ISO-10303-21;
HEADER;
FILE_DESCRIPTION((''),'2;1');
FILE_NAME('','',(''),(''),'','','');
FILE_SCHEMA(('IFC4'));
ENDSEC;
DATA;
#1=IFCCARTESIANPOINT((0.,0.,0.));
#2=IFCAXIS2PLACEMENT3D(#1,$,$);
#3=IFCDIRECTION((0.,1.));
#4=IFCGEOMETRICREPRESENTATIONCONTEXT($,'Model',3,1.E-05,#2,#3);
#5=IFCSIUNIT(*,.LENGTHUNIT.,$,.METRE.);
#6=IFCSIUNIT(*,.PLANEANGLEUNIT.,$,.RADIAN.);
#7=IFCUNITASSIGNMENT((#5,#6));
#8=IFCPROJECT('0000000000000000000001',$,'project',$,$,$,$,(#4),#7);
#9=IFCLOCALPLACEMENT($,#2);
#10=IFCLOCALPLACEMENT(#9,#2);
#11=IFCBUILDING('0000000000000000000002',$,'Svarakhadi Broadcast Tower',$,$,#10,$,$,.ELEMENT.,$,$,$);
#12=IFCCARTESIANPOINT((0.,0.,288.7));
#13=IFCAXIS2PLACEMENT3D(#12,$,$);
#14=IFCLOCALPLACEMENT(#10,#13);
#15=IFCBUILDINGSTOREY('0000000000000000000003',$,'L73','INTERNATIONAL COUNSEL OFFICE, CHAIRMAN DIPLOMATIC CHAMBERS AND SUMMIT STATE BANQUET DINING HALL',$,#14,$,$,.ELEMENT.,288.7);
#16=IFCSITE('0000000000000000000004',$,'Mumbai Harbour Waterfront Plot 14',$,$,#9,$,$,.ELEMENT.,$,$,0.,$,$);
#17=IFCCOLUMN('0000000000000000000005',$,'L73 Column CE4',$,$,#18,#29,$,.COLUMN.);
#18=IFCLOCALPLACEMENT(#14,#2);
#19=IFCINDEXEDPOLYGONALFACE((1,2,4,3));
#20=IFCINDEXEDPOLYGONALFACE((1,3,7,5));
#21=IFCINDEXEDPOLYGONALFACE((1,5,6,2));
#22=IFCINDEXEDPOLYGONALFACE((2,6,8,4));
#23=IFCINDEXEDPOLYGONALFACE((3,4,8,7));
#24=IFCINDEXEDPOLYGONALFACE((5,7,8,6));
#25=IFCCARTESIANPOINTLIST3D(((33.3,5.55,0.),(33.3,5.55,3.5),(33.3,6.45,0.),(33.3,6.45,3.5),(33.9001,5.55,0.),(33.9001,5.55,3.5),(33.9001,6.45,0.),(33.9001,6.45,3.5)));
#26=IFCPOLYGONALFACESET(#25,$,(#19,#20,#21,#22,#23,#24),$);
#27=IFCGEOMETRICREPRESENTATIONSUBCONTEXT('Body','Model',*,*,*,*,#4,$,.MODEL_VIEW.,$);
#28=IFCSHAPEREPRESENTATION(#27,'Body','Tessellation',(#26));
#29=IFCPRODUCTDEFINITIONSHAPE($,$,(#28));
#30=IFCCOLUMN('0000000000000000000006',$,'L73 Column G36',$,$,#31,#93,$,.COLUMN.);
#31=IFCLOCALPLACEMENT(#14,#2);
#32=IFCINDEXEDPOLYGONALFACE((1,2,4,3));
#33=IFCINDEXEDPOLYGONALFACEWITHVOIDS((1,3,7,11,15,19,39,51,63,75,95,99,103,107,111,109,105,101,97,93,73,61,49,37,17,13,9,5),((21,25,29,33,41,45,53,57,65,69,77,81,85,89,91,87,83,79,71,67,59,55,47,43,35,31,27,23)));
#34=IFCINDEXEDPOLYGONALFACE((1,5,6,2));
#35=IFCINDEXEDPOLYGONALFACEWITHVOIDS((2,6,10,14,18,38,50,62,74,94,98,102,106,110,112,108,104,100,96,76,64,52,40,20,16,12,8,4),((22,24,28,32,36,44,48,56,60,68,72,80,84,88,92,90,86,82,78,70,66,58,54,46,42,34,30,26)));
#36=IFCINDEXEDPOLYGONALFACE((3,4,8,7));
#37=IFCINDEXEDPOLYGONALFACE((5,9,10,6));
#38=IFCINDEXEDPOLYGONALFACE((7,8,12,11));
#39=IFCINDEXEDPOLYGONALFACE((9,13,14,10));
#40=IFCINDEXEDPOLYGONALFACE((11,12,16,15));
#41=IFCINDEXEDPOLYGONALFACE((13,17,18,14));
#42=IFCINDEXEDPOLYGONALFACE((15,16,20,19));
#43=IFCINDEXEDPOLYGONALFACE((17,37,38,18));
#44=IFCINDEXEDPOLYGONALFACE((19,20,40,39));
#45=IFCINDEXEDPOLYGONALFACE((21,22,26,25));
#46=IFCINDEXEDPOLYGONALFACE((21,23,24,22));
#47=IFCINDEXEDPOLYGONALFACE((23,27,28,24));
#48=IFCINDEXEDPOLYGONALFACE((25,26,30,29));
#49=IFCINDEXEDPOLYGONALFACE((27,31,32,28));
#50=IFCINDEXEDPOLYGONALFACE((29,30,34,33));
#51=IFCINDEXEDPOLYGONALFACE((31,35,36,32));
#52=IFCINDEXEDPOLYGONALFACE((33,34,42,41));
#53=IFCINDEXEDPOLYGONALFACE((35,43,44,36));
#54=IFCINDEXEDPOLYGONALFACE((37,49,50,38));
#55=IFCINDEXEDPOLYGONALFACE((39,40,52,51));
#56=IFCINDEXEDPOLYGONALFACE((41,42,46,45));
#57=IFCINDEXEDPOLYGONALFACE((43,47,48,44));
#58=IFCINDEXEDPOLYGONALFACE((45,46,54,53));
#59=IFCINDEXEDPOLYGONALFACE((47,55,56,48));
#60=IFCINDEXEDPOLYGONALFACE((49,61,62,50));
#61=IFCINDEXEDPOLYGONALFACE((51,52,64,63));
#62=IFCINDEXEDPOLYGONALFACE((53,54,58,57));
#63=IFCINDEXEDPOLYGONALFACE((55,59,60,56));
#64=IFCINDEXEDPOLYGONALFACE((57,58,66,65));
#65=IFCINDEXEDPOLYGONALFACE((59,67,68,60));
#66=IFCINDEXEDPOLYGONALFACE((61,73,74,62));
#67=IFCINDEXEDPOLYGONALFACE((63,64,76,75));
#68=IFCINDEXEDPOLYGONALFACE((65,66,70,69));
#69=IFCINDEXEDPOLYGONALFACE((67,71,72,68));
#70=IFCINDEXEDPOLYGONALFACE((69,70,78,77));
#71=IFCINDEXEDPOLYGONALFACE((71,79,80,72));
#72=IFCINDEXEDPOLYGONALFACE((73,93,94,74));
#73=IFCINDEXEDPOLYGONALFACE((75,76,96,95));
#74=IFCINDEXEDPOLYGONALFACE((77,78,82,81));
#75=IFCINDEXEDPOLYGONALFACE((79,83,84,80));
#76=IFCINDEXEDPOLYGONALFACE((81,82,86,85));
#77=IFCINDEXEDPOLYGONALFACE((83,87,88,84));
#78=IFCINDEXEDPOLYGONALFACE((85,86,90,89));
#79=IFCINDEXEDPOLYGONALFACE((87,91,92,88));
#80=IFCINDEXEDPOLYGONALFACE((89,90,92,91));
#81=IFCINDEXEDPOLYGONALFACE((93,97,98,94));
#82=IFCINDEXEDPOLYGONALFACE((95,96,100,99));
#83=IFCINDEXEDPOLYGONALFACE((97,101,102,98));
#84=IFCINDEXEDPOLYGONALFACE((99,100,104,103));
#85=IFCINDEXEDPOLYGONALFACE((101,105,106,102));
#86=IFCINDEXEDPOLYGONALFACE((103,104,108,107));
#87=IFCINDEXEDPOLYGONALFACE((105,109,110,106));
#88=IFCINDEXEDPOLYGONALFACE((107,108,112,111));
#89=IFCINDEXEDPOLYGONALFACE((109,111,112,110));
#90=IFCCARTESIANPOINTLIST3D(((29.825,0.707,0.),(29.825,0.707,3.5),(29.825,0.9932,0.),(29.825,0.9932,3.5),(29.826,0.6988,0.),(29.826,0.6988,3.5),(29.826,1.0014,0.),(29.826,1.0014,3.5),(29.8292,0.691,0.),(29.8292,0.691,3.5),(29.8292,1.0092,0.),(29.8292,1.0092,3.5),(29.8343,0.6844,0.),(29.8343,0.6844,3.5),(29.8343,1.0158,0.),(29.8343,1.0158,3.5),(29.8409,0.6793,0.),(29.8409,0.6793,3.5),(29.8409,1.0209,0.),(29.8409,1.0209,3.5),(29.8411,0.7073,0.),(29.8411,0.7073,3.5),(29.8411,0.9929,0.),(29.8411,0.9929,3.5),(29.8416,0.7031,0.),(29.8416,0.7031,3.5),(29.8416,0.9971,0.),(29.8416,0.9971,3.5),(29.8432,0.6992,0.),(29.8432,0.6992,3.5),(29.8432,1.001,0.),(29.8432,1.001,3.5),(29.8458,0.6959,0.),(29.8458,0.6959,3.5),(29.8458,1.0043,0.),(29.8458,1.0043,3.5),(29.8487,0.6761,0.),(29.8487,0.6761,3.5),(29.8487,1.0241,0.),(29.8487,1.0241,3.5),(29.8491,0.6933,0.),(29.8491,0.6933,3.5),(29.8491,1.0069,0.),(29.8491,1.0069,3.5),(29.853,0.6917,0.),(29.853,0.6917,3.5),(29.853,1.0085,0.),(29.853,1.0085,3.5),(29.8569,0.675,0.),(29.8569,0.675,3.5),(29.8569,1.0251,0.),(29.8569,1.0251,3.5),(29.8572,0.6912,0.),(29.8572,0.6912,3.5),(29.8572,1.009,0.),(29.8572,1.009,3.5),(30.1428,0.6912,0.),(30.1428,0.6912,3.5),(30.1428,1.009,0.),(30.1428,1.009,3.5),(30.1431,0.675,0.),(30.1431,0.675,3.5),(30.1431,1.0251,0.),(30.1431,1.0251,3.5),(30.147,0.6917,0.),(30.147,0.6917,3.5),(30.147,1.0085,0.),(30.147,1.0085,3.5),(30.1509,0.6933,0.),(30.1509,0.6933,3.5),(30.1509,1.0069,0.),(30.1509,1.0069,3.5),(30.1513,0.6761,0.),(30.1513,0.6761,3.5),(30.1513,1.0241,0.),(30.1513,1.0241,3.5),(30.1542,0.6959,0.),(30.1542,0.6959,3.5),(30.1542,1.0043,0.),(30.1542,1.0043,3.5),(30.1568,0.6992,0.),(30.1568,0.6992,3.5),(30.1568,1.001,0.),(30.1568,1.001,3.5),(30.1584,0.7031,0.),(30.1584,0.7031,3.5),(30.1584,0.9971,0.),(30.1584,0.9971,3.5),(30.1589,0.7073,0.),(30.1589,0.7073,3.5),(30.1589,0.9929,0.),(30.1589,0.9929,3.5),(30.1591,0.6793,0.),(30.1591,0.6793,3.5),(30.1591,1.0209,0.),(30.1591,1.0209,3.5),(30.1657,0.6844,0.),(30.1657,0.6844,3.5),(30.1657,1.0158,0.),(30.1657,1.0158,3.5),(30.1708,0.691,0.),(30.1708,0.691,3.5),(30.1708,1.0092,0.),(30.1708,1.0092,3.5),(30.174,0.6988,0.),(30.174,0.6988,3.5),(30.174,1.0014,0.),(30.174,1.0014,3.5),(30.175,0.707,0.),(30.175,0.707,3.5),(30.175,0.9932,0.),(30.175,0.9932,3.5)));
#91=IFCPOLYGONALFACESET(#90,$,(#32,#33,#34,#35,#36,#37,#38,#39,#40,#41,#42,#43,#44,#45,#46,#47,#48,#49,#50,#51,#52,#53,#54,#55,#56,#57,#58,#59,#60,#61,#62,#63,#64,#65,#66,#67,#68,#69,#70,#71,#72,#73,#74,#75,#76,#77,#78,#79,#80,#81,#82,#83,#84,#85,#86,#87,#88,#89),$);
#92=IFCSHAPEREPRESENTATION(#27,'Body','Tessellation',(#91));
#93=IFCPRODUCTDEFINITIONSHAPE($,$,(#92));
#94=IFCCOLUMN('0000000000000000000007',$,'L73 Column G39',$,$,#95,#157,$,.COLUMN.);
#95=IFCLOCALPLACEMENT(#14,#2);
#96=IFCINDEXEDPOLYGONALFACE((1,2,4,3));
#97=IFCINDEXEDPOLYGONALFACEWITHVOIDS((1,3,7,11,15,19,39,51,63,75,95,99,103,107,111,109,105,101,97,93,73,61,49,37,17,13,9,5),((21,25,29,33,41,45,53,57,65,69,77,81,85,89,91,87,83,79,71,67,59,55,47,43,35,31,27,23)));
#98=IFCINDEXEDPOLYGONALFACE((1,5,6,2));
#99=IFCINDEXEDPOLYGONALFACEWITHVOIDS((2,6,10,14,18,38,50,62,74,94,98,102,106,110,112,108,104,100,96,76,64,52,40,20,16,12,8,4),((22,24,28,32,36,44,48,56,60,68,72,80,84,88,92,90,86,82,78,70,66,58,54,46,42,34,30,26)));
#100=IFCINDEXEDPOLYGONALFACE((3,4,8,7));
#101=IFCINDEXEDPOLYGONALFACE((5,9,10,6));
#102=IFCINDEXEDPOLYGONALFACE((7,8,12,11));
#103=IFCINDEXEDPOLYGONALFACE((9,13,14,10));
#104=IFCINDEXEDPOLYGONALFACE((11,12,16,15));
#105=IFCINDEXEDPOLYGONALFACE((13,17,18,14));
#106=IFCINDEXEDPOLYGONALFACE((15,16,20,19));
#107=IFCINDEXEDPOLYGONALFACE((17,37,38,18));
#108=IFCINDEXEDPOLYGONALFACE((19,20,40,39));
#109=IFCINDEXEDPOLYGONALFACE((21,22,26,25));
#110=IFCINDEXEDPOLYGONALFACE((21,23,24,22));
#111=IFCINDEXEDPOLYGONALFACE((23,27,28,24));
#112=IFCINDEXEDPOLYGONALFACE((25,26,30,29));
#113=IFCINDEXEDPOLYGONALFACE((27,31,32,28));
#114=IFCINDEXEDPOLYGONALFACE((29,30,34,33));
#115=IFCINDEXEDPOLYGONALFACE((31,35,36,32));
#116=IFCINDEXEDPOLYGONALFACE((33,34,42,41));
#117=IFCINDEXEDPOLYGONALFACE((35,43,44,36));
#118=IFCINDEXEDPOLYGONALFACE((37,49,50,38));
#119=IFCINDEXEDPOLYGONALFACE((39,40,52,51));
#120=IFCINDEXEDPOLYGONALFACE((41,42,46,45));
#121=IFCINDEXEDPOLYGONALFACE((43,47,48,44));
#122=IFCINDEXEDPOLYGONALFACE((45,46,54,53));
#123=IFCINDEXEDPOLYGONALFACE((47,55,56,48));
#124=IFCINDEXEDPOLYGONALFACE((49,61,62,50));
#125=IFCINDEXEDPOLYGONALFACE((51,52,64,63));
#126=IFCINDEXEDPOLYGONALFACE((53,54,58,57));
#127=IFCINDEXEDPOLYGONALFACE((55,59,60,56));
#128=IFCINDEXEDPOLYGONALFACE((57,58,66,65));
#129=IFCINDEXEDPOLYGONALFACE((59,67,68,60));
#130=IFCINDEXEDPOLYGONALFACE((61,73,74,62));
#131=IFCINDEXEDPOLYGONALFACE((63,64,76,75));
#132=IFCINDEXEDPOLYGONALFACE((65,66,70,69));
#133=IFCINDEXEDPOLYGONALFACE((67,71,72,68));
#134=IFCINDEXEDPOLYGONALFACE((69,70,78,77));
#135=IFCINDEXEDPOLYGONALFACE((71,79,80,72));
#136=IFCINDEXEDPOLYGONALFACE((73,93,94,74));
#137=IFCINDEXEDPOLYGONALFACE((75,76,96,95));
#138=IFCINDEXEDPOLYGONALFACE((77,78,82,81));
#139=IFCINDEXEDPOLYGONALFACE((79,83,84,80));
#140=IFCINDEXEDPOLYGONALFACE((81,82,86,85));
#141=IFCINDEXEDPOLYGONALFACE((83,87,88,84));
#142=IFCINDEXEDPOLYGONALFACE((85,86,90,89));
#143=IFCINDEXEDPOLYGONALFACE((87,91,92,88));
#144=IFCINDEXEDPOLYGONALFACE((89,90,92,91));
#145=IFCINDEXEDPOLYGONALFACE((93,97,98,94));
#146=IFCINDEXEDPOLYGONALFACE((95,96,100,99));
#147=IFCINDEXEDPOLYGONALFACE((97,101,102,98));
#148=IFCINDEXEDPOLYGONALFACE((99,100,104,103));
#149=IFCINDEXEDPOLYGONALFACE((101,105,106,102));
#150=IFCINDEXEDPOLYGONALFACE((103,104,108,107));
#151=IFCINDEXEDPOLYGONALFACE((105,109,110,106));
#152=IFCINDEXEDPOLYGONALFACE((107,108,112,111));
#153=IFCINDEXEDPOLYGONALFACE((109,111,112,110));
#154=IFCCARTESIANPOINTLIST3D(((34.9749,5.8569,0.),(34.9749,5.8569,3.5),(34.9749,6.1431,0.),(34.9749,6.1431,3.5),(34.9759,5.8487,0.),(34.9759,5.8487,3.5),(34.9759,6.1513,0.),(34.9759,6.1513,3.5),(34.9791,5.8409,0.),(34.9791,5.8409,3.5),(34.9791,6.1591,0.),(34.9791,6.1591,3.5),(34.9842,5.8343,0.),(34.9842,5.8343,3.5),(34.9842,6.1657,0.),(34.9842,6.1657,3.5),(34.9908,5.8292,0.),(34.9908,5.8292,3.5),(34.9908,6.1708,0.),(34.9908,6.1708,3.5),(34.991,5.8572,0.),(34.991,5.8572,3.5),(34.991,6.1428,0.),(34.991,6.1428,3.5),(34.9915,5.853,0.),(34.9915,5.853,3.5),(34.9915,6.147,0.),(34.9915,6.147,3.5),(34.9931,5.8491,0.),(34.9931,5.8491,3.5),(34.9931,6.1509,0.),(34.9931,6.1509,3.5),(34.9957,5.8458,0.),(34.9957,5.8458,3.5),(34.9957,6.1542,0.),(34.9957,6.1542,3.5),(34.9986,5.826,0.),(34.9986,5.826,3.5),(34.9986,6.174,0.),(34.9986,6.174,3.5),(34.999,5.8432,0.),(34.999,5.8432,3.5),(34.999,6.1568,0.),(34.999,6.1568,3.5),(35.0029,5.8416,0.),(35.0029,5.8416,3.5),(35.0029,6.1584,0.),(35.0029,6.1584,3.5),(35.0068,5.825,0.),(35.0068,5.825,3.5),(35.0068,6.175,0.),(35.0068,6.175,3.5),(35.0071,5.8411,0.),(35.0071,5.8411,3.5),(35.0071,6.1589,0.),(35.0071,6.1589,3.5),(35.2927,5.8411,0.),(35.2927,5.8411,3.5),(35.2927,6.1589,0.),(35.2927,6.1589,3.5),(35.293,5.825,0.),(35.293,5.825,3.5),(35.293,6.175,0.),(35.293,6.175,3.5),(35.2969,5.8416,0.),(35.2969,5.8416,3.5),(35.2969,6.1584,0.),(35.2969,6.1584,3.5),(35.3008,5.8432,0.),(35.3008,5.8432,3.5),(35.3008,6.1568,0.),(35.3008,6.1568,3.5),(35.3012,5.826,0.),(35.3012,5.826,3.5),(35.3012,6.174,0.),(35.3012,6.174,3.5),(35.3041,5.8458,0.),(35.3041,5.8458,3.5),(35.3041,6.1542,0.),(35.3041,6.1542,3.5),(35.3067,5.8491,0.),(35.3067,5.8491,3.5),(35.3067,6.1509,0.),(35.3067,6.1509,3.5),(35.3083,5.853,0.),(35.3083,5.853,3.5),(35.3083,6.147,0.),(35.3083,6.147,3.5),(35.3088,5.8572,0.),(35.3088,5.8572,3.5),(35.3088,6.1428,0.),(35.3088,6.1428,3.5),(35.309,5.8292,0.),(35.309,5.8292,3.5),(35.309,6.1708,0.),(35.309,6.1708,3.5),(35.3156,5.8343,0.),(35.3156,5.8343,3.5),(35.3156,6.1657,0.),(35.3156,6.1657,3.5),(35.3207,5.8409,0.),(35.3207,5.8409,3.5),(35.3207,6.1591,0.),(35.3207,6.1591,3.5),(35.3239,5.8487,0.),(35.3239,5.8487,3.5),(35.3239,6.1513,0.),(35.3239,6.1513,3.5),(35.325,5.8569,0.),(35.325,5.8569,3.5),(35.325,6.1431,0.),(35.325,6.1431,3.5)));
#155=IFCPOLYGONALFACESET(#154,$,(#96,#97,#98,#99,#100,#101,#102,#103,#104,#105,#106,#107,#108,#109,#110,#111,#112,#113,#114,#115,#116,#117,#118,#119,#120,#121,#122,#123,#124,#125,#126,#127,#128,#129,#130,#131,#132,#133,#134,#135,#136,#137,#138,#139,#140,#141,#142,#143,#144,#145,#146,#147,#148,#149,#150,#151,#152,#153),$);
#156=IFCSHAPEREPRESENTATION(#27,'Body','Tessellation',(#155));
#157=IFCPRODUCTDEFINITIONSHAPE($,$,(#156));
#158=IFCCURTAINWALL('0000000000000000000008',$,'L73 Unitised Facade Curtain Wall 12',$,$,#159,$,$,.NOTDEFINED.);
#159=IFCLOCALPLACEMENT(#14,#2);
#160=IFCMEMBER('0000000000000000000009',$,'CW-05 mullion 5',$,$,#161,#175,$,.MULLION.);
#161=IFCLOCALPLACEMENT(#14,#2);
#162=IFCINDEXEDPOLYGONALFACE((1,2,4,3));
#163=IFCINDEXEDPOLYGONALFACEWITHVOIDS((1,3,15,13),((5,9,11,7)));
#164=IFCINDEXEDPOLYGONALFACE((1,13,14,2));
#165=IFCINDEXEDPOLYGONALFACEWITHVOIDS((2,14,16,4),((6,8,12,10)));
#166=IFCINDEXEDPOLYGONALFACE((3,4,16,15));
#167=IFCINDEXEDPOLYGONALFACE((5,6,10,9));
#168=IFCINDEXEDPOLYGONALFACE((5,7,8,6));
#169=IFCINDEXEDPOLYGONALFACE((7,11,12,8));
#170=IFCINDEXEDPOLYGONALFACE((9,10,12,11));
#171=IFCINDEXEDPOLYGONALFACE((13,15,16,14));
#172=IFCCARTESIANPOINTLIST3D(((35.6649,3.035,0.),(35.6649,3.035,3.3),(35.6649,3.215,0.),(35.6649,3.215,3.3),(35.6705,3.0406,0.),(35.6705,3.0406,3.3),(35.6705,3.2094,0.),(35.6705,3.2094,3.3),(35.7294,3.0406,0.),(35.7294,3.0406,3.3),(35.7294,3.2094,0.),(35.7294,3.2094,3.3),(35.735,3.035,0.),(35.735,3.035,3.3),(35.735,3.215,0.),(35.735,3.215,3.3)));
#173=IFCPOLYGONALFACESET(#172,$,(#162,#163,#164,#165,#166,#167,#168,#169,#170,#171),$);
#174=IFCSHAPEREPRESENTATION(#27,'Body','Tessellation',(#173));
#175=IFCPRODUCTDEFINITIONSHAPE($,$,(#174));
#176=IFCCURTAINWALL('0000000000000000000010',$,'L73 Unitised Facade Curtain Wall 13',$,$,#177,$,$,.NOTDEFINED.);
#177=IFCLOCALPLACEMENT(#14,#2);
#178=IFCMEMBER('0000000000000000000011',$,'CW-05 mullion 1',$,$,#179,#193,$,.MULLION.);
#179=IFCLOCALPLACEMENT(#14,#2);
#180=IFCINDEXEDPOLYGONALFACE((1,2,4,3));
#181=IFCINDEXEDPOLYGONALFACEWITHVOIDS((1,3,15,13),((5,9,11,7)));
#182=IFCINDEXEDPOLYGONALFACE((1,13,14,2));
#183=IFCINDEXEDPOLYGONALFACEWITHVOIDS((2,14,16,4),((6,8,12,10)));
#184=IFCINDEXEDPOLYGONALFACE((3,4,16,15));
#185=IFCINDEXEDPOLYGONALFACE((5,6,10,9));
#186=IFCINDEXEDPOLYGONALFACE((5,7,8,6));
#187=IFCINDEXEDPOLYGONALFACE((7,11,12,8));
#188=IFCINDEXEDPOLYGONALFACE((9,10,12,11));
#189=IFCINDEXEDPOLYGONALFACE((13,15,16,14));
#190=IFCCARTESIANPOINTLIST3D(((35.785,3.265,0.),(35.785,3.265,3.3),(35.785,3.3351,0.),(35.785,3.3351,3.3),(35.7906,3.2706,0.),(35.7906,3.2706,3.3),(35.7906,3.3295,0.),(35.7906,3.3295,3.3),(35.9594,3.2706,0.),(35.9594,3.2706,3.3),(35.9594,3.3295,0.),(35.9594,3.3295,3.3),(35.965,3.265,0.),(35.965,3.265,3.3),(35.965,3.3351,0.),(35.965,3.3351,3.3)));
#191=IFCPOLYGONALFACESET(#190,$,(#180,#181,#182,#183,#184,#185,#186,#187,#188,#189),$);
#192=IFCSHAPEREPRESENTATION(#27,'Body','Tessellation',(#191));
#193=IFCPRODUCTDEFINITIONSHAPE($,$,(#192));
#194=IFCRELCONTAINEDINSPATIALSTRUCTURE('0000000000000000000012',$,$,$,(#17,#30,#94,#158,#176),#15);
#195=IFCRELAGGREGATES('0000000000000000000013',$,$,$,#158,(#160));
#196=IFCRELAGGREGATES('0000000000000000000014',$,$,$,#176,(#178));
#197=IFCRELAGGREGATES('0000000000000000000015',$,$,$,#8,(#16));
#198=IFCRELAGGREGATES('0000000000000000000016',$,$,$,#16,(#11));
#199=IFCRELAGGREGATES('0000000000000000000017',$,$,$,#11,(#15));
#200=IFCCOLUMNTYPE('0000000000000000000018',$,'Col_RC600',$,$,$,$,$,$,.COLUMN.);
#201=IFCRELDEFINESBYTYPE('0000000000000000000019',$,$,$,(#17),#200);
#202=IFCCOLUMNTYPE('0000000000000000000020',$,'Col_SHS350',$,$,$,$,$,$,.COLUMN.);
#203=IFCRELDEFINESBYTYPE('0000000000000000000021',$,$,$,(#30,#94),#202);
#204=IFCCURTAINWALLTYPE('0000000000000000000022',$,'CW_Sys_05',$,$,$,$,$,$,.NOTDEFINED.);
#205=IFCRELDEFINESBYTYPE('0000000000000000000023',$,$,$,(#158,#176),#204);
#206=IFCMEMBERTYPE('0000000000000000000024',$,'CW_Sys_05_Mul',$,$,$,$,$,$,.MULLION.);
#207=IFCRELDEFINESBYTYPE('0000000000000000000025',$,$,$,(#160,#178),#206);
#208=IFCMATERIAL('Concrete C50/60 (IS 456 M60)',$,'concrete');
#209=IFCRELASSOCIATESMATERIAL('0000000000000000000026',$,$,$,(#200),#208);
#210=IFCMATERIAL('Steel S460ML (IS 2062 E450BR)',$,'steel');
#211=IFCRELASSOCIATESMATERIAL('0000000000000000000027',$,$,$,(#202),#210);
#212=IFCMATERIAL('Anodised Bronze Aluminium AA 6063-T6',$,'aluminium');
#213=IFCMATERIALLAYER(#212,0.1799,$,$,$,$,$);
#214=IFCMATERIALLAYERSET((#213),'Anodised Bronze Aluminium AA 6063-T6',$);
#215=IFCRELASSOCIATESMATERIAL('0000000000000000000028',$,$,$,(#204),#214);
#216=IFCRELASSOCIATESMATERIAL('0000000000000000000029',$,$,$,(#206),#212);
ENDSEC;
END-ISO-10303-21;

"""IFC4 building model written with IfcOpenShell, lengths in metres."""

from ifc_helpers import new_model, si_unit, direction, frame, origin, origin_2d, place, context, subcontext, project, spatial, rectangle, hollow_rectangle, extrude, material, layer, layer_set, material_profile, profile_set, type_object, element, aggregate, save


model = new_model("IFC4")

# Units and contexts
model_context = context("Model", 3, precision=1e-05, world=origin(), true_north=direction((0.0, 1.0)))
body_context = subcontext(model_context, "Body", "Model", "MODEL_VIEW")
ifc_project = project(units=[si_unit("LENGTHUNIT", "METRE"), si_unit("PLANEANGLEUNIT", "RADIAN")], contexts=[model_context])

# Site, building, storey
site_placement = place(None, origin())
site = spatial("IfcSite", under=ifc_project, at=site_placement, Name="Mumbai Harbour Waterfront Plot 14", CompositionType="ELEMENT", RefElevation=0.0)
building_placement = place(site_placement, origin())
building = spatial("IfcBuilding", under=site, at=building_placement, Name="Svarakhadi Broadcast Tower", CompositionType="ELEMENT")
storey_placement = place(building_placement, frame((0.0, 0.0, 288.7)))
storey = spatial("IfcBuildingStorey", under=building, at=storey_placement, Name="L73", Description="INTERNATIONAL COUNSEL OFFICE, CHAIRMAN DIPLOMATIC CHAMBERS AND SUMMIT STATE BANQUET DINING HALL", CompositionType="ELEMENT", Elevation=288.7)

# Columns
ifc_material_1 = material(Name="Concrete C50/60 (IS 456 M60)", Category="concrete")
ifc_material_profile_1 = material_profile(ifc_material_1, rectangle(XDim=0.6001, YDim=0.8999, at=origin_2d()), Name="RC 600x900")
ifc_profile_set_1 = profile_set([ifc_material_profile_1], Name="Concrete C50/60 (IS 456 M60)")
column_type_1 = type_object("IfcColumnType", Name="Col_RC600", PredefinedType="COLUMN", material=ifc_profile_set_1)
column_placement = place(storey_placement, frame((33.6001, 6.0, 0.0), z_axis=(0.0, 0.0, 1.0), x_axis=(1.0, 0.0, 0.0)))
element("IfcColumn", 1, at=column_placement, inside=storey, type_object=column_type_1, Name="L73 Column CE4", PredefinedType="COLUMN", context=body_context, shape_type="SweptSolid", body=[
    extrude(rectangle(XDim=0.6001, YDim=0.8999, at=origin_2d()), origin(), (0.0, 0.0, 1.0), 3.5),
])
ifc_material_2 = material(Name="Steel S460ML (IS 2062 E450BR)", Category="steel")
ifc_material_profile_2 = material_profile(ifc_material_2, hollow_rectangle(XDim=0.3501, YDim=0.3501, WallThickness=0.0161, InnerFilletRadius=0.0161, OuterFilletRadius=0.032, at=origin_2d()), Name="SHS 350x350x16")
ifc_profile_set_2 = profile_set([ifc_material_profile_2], Name="Steel S460ML (IS 2062 E450BR)")
column_type_2 = type_object("IfcColumnType", Name="Col_SHS350", PredefinedType="COLUMN", material=ifc_profile_set_2)
for number, where, z_axis, x_axis, name in (
    (2, (30.0, 0.8501, 0.0), (0.0, 0.0, 1.0), (1.0, 0.0, 0.0), "L73 Column G36"),
    (3, (35.1499, 6.0, 0.0), (0.0, 0.0, 1.0), (1.0, 0.0, 0.0), "L73 Column G39"),
):
    element("IfcColumn", number, at=place(storey_placement, frame(where, z_axis=z_axis, x_axis=x_axis)), inside=storey, type_object=column_type_2, Name=name, PredefinedType="COLUMN", context=body_context, shape_type="SweptSolid", body=[
        extrude(hollow_rectangle(XDim=0.3501, YDim=0.3501, WallThickness=0.0161, InnerFilletRadius=0.0161, OuterFilletRadius=0.032, at=origin_2d()), origin(), (0.0, 0.0, 1.0), 3.5),
    ])

# Curtain wall, member
ifc_material_3 = material(Name="Anodised Bronze Aluminium AA 6063-T6", Category="aluminium")
ifc_layer_1 = layer(ifc_material_3, 0.1799)
ifc_layer_set_1 = layer_set([ifc_layer_1], Name="Anodised Bronze Aluminium AA 6063-T6")
curtain_wall_type = type_object("IfcCurtainWallType", Name="CW_Sys_05", PredefinedType="NOTDEFINED", material=ifc_layer_set_1)
curtain_wall_1_placement = place(storey_placement, origin())
curtain_wall_1 = element("IfcCurtainWall", 4, at=curtain_wall_1_placement, inside=storey, type_object=curtain_wall_type, Name="L73 Unitised Facade Curtain Wall 12", PredefinedType="NOTDEFINED")
ifc_material_profile_3 = material_profile(ifc_material_3, hollow_rectangle(XDim=0.0701, YDim=0.1799, WallThickness=0.0056, at=origin_2d()), Name="ALU MULLION 180x70x6")
ifc_profile_set_3 = profile_set([ifc_material_profile_3], Name="Anodised Bronze Aluminium AA 6063-T6")
member_type_1 = type_object("IfcMemberType", Name="CW_Sys_05_Mul", PredefinedType="MULLION", material=ifc_profile_set_3)
member_1_placement = place(storey_placement, frame((35.7, 3.125, 0.0), z_axis=(0.0, 0.0, 1.0), x_axis=(1.0, 0.0, 0.0)))
member_1 = element("IfcMember", 5, at=member_1_placement, type_object=member_type_1, Name="CW-05 mullion 5", PredefinedType="MULLION", context=body_context, shape_type="SweptSolid", body=[
    extrude(hollow_rectangle(XDim=0.0701, YDim=0.1799, WallThickness=0.0056, at=origin_2d()), origin(), (0.0, 0.0, 1.0), 3.3),
])

# Curtain wall, member
curtain_wall_2_placement = place(storey_placement, origin())
curtain_wall_2 = element("IfcCurtainWall", 6, at=curtain_wall_2_placement, inside=storey, type_object=curtain_wall_type, Name="L73 Unitised Facade Curtain Wall 13", PredefinedType="NOTDEFINED")
member_2_placement = place(storey_placement, frame((35.875, 3.3, 0.0), z_axis=(0.0, 0.0, 1.0), x_axis=(0.0, -1.0, 0.0)))
member_2 = element("IfcMember", 7, at=member_2_placement, type_object=member_type_1, Name="CW-05 mullion 1", PredefinedType="MULLION", context=body_context, shape_type="SweptSolid", body=[
    extrude(hollow_rectangle(XDim=0.0701, YDim=0.1799, WallThickness=0.0056, at=origin_2d()), origin(), (0.0, 0.0, 1.0), 3.3),
])

aggregate(curtain_wall_1, [member_1])
aggregate(curtain_wall_2, [member_2])

save(model, "model.ifc")
